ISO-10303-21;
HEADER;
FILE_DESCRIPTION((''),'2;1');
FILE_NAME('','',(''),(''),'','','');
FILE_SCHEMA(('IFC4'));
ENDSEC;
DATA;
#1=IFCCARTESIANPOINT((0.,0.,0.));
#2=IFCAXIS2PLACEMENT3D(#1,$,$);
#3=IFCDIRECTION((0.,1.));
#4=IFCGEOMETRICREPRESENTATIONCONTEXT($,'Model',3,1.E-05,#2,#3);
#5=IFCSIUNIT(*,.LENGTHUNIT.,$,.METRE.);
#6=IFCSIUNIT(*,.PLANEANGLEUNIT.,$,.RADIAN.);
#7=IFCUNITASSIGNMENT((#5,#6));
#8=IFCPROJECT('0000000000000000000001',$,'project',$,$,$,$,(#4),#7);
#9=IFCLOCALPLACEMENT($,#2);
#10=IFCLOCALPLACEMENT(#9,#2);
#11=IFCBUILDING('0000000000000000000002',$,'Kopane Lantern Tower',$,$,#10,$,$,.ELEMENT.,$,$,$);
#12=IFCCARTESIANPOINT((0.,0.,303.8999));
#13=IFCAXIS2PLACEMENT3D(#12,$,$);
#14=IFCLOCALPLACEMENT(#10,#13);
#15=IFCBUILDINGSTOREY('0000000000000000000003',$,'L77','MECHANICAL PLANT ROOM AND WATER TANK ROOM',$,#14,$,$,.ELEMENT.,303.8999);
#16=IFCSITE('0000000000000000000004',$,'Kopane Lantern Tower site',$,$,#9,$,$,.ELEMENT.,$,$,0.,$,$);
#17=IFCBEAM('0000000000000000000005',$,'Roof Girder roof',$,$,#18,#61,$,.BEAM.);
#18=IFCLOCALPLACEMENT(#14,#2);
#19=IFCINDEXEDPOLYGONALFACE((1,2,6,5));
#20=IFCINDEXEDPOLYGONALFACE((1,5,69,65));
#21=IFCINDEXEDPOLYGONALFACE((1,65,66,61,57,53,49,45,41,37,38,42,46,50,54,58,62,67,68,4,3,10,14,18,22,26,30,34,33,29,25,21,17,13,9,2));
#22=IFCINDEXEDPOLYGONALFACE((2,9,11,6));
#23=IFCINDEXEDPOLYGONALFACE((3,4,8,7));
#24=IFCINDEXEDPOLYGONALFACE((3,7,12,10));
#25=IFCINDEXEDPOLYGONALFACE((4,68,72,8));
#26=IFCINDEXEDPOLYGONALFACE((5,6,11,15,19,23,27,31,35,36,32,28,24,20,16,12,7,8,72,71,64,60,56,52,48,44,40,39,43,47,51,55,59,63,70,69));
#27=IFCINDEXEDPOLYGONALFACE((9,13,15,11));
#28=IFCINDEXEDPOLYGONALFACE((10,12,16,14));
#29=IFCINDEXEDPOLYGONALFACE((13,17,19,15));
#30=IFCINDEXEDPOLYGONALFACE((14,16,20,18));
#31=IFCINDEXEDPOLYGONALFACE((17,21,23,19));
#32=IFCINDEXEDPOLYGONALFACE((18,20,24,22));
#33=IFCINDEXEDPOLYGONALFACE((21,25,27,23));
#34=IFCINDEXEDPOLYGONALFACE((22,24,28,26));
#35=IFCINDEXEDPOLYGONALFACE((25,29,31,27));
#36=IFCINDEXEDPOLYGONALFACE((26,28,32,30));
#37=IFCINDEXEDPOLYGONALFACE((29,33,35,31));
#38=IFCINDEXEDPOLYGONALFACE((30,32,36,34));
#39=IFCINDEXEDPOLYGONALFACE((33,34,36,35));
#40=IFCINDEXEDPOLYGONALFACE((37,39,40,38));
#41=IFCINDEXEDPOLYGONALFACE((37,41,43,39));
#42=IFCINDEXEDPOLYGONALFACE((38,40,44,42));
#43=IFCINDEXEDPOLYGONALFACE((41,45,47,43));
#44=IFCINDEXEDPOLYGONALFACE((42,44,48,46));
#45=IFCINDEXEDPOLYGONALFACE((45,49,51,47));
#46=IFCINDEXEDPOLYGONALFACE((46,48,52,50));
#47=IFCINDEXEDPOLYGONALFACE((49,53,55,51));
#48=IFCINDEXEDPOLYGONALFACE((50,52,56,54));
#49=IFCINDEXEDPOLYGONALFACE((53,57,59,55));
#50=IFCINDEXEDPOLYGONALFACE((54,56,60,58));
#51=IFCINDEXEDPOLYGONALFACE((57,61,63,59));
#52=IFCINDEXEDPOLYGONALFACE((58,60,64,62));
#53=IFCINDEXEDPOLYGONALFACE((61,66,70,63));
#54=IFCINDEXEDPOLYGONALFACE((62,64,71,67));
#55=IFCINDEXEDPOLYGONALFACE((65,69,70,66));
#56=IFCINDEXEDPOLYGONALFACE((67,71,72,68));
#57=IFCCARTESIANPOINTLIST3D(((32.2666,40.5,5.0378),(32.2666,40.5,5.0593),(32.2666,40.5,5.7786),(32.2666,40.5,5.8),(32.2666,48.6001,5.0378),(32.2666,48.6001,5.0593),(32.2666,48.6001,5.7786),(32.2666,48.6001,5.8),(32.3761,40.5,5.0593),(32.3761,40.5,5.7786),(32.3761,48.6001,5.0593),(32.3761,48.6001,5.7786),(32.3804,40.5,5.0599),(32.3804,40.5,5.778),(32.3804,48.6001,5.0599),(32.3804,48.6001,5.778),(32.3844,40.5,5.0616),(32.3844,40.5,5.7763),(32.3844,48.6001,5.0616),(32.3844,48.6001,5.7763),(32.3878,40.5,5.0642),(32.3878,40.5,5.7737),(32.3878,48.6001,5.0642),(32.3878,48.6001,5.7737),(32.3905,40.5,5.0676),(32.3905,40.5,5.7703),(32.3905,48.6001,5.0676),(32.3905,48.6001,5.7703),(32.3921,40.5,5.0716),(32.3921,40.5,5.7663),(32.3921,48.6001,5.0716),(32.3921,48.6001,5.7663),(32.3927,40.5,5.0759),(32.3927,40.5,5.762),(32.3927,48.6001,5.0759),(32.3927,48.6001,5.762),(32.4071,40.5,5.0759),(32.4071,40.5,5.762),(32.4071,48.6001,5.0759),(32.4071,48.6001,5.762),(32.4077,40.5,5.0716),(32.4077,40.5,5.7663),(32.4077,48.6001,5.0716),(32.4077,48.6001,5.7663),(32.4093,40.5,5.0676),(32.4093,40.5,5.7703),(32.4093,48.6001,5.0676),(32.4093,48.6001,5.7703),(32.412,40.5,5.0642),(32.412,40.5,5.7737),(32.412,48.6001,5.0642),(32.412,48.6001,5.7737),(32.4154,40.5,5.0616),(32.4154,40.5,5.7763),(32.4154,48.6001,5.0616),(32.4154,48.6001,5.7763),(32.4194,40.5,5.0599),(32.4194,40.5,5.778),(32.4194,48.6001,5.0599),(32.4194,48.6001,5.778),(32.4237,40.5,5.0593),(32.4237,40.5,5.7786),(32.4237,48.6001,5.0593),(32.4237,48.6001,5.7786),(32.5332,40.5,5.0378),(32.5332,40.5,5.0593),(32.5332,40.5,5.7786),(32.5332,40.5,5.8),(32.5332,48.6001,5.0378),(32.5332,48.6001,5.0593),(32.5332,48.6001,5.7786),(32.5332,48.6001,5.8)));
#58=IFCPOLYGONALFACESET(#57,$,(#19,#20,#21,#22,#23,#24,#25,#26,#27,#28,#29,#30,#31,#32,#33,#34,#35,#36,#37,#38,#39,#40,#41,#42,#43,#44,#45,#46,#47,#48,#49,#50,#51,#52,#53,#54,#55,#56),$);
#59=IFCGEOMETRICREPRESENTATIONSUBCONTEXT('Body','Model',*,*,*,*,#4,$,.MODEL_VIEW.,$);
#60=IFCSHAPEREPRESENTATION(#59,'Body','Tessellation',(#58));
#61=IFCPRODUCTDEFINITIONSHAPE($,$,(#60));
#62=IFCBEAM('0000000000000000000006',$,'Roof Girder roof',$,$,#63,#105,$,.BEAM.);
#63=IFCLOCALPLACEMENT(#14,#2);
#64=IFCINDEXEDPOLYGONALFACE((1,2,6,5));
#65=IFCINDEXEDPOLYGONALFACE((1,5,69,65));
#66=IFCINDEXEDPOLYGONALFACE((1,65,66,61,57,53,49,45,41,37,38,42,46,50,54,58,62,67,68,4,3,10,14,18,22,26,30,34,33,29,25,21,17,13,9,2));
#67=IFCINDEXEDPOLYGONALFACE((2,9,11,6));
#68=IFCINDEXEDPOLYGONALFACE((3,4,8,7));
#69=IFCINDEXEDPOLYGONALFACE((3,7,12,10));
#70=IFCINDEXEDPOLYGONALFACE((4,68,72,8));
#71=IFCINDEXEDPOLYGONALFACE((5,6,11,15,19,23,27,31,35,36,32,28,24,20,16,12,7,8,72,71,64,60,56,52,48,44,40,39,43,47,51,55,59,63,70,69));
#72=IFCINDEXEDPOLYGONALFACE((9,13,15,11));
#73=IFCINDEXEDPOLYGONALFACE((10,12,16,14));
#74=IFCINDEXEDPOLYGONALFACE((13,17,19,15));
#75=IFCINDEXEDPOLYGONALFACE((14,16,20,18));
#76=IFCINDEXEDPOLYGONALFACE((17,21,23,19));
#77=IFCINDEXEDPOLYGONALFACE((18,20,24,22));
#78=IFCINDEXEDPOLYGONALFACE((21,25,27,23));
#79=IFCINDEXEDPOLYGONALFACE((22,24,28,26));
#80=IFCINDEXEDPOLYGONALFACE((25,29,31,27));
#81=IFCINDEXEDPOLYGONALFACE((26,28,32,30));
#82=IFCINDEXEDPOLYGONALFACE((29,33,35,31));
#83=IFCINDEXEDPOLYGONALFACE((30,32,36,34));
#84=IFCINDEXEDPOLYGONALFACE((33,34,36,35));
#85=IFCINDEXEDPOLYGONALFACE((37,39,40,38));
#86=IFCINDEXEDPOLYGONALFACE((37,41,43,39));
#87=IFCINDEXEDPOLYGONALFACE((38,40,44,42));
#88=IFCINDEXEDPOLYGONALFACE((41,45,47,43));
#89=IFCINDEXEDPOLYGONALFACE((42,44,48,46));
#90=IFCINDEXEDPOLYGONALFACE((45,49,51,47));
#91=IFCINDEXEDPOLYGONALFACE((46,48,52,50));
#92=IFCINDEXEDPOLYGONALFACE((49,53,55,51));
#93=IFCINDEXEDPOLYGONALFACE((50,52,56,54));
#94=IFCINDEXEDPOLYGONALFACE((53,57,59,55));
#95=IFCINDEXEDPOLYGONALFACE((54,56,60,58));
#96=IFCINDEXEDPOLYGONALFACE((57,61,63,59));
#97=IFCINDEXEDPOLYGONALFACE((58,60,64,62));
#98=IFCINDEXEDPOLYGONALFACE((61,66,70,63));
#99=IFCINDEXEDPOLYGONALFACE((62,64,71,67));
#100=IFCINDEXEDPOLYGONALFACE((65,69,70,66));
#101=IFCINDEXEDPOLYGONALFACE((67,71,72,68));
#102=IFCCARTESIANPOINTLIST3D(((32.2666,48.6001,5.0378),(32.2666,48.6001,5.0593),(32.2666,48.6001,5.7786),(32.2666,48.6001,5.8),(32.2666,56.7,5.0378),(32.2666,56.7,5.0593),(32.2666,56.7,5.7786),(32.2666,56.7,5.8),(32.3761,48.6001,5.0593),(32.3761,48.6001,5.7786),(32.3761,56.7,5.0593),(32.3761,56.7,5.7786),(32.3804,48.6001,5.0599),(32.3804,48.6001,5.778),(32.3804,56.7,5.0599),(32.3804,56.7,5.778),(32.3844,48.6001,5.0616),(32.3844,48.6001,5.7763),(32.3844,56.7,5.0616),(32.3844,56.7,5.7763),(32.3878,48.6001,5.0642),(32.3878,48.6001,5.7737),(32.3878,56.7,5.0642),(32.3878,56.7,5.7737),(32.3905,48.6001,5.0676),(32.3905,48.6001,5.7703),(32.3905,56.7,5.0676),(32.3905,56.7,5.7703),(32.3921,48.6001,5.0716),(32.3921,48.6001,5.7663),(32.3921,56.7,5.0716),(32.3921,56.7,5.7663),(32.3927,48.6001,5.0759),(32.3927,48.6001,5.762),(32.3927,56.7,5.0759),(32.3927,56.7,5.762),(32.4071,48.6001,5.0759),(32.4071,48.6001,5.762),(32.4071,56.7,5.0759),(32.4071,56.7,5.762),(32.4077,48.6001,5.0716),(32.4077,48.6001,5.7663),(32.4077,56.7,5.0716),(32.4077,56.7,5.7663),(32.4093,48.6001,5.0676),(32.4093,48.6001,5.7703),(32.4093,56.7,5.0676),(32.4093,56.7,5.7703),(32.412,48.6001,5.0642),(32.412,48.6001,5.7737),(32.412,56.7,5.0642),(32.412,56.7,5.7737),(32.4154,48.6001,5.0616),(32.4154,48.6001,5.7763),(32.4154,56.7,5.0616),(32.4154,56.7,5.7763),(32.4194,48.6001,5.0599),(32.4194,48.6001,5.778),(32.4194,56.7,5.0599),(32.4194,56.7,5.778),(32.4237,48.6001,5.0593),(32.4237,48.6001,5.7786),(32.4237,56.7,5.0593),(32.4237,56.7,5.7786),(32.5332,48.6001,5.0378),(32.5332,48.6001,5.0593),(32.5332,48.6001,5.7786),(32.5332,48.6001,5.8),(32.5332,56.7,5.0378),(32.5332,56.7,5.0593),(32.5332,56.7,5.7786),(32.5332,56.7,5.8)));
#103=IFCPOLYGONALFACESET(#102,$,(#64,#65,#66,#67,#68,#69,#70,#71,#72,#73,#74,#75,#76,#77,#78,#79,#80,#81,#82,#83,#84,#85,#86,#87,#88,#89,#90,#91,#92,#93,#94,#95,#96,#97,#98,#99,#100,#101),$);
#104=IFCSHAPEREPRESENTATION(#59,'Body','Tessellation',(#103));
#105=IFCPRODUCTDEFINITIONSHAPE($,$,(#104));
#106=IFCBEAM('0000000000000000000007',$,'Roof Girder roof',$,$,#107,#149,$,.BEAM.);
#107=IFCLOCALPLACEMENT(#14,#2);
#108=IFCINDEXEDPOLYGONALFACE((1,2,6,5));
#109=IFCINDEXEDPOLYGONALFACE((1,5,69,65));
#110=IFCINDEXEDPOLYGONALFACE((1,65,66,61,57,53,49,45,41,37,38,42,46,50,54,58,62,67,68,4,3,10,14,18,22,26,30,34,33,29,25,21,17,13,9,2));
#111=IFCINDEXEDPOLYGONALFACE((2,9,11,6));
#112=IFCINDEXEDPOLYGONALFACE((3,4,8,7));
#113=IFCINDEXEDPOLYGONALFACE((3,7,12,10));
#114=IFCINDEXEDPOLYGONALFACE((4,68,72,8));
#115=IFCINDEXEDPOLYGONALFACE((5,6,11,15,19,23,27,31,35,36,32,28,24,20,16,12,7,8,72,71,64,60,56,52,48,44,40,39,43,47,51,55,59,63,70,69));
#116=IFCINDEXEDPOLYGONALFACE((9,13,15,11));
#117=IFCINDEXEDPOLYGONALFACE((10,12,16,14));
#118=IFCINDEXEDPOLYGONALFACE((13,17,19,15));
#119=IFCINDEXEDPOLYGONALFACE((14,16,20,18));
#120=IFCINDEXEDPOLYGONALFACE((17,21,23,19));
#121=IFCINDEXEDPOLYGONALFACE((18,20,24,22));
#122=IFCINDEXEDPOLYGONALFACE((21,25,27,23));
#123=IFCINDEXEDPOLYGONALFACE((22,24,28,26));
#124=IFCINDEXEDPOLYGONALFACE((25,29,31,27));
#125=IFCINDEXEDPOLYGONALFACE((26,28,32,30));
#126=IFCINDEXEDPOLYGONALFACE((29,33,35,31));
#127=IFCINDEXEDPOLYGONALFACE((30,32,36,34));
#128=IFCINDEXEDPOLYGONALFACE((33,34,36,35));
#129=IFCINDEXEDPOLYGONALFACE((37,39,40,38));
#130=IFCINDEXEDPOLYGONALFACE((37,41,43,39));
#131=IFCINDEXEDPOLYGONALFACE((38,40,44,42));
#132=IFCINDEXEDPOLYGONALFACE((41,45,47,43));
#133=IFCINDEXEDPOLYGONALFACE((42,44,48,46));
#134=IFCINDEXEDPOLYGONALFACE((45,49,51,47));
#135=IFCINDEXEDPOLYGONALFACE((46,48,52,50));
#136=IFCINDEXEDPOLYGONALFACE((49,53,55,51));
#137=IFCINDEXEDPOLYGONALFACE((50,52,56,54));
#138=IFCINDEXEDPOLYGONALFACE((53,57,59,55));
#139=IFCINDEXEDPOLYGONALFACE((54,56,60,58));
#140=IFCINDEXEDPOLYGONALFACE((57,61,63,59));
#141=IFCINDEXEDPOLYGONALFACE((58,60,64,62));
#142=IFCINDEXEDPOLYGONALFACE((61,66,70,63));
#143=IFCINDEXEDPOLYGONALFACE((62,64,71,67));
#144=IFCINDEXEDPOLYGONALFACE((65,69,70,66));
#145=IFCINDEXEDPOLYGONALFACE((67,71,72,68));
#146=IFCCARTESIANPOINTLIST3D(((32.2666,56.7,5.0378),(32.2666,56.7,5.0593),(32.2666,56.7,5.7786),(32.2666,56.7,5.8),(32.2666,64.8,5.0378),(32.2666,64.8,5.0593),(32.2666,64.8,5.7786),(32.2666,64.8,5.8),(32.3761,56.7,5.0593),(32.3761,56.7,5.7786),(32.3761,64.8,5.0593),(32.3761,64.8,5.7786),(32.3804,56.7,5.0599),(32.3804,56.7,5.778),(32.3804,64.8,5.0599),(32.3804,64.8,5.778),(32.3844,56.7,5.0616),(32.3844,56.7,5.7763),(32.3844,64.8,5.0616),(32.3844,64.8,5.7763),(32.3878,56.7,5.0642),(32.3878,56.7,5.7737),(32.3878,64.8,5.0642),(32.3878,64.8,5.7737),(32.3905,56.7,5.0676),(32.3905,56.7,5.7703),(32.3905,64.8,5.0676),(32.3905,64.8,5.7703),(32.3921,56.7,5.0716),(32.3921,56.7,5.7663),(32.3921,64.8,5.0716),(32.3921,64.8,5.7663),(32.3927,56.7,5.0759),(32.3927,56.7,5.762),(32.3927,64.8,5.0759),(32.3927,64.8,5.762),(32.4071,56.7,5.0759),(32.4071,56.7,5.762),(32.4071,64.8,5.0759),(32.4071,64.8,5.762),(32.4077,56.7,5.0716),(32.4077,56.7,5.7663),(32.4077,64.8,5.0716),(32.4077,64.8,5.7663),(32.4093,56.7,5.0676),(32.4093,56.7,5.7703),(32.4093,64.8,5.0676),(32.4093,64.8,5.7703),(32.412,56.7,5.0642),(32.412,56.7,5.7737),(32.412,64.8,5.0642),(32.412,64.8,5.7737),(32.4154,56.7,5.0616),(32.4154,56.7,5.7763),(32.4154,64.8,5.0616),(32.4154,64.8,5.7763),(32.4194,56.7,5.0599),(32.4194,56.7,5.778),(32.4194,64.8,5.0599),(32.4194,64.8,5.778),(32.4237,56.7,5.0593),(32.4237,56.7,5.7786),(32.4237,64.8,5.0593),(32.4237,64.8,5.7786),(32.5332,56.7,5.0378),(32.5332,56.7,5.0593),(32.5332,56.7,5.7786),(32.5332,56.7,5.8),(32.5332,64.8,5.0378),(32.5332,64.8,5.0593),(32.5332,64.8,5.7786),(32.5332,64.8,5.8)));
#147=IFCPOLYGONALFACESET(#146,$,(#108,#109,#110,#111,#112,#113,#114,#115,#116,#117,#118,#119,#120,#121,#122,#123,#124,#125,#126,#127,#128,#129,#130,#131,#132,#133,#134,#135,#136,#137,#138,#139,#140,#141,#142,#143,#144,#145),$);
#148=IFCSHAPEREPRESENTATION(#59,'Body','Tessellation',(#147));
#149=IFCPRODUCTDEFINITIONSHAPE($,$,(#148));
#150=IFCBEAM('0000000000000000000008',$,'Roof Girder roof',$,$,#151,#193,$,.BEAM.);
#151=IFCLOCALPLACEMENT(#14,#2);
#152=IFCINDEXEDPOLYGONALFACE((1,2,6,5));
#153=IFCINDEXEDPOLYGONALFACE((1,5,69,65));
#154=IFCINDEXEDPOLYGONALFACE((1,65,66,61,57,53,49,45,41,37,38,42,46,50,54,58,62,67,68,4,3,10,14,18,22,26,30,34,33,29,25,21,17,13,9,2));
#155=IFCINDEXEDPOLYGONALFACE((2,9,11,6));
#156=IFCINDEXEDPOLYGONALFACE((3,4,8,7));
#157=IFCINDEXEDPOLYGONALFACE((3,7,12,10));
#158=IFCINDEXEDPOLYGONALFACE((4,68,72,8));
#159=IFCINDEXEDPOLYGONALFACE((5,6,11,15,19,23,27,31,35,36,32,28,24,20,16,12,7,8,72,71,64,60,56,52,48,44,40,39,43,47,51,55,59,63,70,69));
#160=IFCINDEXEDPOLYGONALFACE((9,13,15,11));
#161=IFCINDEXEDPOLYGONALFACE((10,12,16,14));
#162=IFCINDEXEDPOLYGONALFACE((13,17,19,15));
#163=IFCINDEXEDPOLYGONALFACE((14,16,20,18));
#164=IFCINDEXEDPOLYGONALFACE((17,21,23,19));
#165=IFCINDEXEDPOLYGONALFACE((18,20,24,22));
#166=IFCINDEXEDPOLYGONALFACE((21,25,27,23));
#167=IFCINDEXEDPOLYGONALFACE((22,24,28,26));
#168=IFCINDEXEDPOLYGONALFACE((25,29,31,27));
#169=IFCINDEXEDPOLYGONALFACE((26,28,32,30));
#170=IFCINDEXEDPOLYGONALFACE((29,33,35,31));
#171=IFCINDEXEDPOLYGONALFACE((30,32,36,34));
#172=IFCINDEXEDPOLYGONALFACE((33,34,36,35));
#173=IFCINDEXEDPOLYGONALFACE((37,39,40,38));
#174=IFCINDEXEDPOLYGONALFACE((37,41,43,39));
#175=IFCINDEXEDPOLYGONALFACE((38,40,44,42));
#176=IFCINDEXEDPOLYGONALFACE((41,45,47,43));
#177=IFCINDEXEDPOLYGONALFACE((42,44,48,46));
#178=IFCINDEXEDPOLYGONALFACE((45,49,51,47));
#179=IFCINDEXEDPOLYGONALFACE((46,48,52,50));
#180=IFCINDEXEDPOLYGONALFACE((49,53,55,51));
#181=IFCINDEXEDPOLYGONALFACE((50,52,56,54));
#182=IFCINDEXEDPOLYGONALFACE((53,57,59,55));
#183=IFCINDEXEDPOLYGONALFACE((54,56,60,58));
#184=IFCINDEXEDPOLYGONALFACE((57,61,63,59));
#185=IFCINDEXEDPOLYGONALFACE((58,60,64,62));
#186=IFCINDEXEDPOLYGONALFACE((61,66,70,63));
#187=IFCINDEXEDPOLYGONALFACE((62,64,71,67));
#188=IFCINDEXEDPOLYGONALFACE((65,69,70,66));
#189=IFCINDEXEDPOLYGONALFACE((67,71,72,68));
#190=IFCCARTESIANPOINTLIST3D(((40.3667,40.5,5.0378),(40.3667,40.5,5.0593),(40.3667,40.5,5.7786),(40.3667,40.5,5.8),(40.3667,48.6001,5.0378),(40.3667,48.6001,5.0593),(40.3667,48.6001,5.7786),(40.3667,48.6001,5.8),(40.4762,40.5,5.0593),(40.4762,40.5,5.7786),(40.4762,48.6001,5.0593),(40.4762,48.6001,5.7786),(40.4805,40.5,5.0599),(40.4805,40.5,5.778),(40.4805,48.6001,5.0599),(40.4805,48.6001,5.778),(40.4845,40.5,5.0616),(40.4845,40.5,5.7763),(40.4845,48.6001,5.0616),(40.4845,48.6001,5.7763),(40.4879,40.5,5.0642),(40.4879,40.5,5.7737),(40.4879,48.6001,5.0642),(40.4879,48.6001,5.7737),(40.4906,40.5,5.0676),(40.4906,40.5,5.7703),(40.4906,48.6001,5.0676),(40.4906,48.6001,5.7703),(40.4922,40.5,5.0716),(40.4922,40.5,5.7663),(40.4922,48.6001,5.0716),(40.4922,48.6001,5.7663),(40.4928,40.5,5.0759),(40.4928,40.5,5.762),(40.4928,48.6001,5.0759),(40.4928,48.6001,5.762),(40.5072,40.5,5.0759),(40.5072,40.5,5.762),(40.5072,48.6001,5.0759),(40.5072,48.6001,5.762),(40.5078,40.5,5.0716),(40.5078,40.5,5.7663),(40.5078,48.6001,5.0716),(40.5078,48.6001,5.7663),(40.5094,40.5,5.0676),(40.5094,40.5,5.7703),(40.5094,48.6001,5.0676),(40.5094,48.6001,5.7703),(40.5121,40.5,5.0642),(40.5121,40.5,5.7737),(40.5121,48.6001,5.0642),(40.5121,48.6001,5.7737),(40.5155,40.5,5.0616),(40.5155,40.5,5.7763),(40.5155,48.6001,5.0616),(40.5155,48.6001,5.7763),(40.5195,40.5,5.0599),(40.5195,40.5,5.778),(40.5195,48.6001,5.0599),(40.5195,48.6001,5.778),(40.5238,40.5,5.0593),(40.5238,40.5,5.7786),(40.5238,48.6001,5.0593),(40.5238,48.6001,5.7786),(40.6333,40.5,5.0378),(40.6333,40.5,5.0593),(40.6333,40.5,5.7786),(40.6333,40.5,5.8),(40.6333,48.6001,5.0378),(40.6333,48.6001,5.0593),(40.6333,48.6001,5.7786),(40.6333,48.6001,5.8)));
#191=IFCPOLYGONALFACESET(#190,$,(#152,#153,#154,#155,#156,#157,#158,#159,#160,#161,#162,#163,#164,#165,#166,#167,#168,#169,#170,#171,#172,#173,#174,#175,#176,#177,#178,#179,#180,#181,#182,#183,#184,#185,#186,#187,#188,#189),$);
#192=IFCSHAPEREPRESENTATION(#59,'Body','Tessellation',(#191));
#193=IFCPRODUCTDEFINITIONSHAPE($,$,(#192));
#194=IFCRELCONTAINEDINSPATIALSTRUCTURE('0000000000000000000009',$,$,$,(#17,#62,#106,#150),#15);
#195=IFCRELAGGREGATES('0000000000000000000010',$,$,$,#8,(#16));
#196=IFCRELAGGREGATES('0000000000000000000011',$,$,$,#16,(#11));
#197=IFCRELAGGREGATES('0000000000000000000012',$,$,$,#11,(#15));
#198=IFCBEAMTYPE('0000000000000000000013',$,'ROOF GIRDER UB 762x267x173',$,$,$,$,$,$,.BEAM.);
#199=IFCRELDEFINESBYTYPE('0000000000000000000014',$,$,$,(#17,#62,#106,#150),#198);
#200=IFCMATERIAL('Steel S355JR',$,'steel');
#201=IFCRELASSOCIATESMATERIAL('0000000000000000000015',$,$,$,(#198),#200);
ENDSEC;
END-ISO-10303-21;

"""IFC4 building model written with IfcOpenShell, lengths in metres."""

from ifc_helpers import new_model, si_unit, direction, frame, origin, origin_2d, place, context, subcontext, project, spatial, i_section, extrude, material, material_profile, profile_set, type_object, element, save


model = new_model("IFC4")

# Units and contexts
model_context = context("Model", 3, precision=1e-05, world=origin(), true_north=direction((0.0, 1.0)))
body_context = subcontext(model_context, "Body", "Model", "MODEL_VIEW")
ifc_project = project(units=[si_unit("LENGTHUNIT", "METRE"), si_unit("PLANEANGLEUNIT", "RADIAN")], contexts=[model_context])

# Site, building, storey
site_placement = place(None, origin())
site = spatial("IfcSite", under=ifc_project, at=site_placement, Name="Kopane Lantern Tower site", CompositionType="ELEMENT", RefElevation=0.0)
building_placement = place(site_placement, origin())
building = spatial("IfcBuilding", under=site, at=building_placement, Name="Kopane Lantern Tower", CompositionType="ELEMENT")
storey_placement = place(building_placement, frame((0.0, 0.0, 303.8999)))
storey = spatial("IfcBuildingStorey", under=building, at=storey_placement, Name="L77", Description="MECHANICAL PLANT ROOM AND WATER TANK ROOM", CompositionType="ELEMENT", Elevation=303.8999)

# Beams
ifc_material_1 = material(Name="Steel S355JR", Category="steel")
ifc_material_profile_1 = material_profile(ifc_material_1, i_section(OverallWidth=0.2666, OverallDepth=0.7622, WebThickness=0.0144, FlangeThickness=0.0215, FilletRadius=0.0166, at=origin_2d()), Name="UB 762x267x173")
ifc_profile_set_1 = profile_set([ifc_material_profile_1], Name="Steel S355JR")
beam_type_1 = type_object("IfcBeamType", Name="ROOF GIRDER UB 762x267x173", PredefinedType="BEAM", material=ifc_profile_set_1)
beam_1_placement = place(storey_placement, frame((32.3999, 40.5, 5.4189), z_axis=(0.0, 1.0, 0.0), x_axis=(-1.0, 0.0, 0.0)))
element("IfcBeam", 1, at=beam_1_placement, inside=storey, type_object=beam_type_1, Name="Roof Girder roof", PredefinedType="BEAM", context=body_context, shape_type="SweptSolid", body=[
    extrude(i_section(OverallWidth=0.2666, OverallDepth=0.7622, WebThickness=0.0144, FlangeThickness=0.0215, FilletRadius=0.0166, at=origin_2d()), origin(), (0.0, 0.0, 1.0), 8.1001),
])
beam_2_placement = place(storey_placement, frame((32.3999, 48.6001, 5.4189), z_axis=(0.0, 1.0, 0.0), x_axis=(-1.0, 0.0, 0.0)))
element("IfcBeam", 2, at=beam_2_placement, inside=storey, type_object=beam_type_1, Name="Roof Girder roof", PredefinedType="BEAM", context=body_context, shape_type="SweptSolid", body=[
    extrude(i_section(OverallWidth=0.2666, OverallDepth=0.7622, WebThickness=0.0144, FlangeThickness=0.0215, FilletRadius=0.0166, at=origin_2d()), origin(), (0.0, 0.0, 1.0), 8.0999),
])
for number, where, z_axis, x_axis, name in (
    (3, (32.3999, 56.7, 5.4189), (0.0, 1.0, 0.0), (-1.0, 0.0, 0.0), "Roof Girder roof"),
    (4, (40.5, 40.5, 5.4189), (0.0, 1.0, 0.0), (-1.0, 0.0, 0.0), "Roof Girder roof"),
):
    element("IfcBeam", number, at=place(storey_placement, frame(where, z_axis=z_axis, x_axis=x_axis)), inside=storey, type_object=beam_type_1, Name=name, PredefinedType="BEAM", context=body_context, shape_type="SweptSolid", body=[
        extrude(i_section(OverallWidth=0.2666, OverallDepth=0.7622, WebThickness=0.0144, FlangeThickness=0.0215, FilletRadius=0.0166, at=origin_2d()), origin(), (0.0, 0.0, 1.0), 8.1001),
    ])

save(model, "model.ifc")
